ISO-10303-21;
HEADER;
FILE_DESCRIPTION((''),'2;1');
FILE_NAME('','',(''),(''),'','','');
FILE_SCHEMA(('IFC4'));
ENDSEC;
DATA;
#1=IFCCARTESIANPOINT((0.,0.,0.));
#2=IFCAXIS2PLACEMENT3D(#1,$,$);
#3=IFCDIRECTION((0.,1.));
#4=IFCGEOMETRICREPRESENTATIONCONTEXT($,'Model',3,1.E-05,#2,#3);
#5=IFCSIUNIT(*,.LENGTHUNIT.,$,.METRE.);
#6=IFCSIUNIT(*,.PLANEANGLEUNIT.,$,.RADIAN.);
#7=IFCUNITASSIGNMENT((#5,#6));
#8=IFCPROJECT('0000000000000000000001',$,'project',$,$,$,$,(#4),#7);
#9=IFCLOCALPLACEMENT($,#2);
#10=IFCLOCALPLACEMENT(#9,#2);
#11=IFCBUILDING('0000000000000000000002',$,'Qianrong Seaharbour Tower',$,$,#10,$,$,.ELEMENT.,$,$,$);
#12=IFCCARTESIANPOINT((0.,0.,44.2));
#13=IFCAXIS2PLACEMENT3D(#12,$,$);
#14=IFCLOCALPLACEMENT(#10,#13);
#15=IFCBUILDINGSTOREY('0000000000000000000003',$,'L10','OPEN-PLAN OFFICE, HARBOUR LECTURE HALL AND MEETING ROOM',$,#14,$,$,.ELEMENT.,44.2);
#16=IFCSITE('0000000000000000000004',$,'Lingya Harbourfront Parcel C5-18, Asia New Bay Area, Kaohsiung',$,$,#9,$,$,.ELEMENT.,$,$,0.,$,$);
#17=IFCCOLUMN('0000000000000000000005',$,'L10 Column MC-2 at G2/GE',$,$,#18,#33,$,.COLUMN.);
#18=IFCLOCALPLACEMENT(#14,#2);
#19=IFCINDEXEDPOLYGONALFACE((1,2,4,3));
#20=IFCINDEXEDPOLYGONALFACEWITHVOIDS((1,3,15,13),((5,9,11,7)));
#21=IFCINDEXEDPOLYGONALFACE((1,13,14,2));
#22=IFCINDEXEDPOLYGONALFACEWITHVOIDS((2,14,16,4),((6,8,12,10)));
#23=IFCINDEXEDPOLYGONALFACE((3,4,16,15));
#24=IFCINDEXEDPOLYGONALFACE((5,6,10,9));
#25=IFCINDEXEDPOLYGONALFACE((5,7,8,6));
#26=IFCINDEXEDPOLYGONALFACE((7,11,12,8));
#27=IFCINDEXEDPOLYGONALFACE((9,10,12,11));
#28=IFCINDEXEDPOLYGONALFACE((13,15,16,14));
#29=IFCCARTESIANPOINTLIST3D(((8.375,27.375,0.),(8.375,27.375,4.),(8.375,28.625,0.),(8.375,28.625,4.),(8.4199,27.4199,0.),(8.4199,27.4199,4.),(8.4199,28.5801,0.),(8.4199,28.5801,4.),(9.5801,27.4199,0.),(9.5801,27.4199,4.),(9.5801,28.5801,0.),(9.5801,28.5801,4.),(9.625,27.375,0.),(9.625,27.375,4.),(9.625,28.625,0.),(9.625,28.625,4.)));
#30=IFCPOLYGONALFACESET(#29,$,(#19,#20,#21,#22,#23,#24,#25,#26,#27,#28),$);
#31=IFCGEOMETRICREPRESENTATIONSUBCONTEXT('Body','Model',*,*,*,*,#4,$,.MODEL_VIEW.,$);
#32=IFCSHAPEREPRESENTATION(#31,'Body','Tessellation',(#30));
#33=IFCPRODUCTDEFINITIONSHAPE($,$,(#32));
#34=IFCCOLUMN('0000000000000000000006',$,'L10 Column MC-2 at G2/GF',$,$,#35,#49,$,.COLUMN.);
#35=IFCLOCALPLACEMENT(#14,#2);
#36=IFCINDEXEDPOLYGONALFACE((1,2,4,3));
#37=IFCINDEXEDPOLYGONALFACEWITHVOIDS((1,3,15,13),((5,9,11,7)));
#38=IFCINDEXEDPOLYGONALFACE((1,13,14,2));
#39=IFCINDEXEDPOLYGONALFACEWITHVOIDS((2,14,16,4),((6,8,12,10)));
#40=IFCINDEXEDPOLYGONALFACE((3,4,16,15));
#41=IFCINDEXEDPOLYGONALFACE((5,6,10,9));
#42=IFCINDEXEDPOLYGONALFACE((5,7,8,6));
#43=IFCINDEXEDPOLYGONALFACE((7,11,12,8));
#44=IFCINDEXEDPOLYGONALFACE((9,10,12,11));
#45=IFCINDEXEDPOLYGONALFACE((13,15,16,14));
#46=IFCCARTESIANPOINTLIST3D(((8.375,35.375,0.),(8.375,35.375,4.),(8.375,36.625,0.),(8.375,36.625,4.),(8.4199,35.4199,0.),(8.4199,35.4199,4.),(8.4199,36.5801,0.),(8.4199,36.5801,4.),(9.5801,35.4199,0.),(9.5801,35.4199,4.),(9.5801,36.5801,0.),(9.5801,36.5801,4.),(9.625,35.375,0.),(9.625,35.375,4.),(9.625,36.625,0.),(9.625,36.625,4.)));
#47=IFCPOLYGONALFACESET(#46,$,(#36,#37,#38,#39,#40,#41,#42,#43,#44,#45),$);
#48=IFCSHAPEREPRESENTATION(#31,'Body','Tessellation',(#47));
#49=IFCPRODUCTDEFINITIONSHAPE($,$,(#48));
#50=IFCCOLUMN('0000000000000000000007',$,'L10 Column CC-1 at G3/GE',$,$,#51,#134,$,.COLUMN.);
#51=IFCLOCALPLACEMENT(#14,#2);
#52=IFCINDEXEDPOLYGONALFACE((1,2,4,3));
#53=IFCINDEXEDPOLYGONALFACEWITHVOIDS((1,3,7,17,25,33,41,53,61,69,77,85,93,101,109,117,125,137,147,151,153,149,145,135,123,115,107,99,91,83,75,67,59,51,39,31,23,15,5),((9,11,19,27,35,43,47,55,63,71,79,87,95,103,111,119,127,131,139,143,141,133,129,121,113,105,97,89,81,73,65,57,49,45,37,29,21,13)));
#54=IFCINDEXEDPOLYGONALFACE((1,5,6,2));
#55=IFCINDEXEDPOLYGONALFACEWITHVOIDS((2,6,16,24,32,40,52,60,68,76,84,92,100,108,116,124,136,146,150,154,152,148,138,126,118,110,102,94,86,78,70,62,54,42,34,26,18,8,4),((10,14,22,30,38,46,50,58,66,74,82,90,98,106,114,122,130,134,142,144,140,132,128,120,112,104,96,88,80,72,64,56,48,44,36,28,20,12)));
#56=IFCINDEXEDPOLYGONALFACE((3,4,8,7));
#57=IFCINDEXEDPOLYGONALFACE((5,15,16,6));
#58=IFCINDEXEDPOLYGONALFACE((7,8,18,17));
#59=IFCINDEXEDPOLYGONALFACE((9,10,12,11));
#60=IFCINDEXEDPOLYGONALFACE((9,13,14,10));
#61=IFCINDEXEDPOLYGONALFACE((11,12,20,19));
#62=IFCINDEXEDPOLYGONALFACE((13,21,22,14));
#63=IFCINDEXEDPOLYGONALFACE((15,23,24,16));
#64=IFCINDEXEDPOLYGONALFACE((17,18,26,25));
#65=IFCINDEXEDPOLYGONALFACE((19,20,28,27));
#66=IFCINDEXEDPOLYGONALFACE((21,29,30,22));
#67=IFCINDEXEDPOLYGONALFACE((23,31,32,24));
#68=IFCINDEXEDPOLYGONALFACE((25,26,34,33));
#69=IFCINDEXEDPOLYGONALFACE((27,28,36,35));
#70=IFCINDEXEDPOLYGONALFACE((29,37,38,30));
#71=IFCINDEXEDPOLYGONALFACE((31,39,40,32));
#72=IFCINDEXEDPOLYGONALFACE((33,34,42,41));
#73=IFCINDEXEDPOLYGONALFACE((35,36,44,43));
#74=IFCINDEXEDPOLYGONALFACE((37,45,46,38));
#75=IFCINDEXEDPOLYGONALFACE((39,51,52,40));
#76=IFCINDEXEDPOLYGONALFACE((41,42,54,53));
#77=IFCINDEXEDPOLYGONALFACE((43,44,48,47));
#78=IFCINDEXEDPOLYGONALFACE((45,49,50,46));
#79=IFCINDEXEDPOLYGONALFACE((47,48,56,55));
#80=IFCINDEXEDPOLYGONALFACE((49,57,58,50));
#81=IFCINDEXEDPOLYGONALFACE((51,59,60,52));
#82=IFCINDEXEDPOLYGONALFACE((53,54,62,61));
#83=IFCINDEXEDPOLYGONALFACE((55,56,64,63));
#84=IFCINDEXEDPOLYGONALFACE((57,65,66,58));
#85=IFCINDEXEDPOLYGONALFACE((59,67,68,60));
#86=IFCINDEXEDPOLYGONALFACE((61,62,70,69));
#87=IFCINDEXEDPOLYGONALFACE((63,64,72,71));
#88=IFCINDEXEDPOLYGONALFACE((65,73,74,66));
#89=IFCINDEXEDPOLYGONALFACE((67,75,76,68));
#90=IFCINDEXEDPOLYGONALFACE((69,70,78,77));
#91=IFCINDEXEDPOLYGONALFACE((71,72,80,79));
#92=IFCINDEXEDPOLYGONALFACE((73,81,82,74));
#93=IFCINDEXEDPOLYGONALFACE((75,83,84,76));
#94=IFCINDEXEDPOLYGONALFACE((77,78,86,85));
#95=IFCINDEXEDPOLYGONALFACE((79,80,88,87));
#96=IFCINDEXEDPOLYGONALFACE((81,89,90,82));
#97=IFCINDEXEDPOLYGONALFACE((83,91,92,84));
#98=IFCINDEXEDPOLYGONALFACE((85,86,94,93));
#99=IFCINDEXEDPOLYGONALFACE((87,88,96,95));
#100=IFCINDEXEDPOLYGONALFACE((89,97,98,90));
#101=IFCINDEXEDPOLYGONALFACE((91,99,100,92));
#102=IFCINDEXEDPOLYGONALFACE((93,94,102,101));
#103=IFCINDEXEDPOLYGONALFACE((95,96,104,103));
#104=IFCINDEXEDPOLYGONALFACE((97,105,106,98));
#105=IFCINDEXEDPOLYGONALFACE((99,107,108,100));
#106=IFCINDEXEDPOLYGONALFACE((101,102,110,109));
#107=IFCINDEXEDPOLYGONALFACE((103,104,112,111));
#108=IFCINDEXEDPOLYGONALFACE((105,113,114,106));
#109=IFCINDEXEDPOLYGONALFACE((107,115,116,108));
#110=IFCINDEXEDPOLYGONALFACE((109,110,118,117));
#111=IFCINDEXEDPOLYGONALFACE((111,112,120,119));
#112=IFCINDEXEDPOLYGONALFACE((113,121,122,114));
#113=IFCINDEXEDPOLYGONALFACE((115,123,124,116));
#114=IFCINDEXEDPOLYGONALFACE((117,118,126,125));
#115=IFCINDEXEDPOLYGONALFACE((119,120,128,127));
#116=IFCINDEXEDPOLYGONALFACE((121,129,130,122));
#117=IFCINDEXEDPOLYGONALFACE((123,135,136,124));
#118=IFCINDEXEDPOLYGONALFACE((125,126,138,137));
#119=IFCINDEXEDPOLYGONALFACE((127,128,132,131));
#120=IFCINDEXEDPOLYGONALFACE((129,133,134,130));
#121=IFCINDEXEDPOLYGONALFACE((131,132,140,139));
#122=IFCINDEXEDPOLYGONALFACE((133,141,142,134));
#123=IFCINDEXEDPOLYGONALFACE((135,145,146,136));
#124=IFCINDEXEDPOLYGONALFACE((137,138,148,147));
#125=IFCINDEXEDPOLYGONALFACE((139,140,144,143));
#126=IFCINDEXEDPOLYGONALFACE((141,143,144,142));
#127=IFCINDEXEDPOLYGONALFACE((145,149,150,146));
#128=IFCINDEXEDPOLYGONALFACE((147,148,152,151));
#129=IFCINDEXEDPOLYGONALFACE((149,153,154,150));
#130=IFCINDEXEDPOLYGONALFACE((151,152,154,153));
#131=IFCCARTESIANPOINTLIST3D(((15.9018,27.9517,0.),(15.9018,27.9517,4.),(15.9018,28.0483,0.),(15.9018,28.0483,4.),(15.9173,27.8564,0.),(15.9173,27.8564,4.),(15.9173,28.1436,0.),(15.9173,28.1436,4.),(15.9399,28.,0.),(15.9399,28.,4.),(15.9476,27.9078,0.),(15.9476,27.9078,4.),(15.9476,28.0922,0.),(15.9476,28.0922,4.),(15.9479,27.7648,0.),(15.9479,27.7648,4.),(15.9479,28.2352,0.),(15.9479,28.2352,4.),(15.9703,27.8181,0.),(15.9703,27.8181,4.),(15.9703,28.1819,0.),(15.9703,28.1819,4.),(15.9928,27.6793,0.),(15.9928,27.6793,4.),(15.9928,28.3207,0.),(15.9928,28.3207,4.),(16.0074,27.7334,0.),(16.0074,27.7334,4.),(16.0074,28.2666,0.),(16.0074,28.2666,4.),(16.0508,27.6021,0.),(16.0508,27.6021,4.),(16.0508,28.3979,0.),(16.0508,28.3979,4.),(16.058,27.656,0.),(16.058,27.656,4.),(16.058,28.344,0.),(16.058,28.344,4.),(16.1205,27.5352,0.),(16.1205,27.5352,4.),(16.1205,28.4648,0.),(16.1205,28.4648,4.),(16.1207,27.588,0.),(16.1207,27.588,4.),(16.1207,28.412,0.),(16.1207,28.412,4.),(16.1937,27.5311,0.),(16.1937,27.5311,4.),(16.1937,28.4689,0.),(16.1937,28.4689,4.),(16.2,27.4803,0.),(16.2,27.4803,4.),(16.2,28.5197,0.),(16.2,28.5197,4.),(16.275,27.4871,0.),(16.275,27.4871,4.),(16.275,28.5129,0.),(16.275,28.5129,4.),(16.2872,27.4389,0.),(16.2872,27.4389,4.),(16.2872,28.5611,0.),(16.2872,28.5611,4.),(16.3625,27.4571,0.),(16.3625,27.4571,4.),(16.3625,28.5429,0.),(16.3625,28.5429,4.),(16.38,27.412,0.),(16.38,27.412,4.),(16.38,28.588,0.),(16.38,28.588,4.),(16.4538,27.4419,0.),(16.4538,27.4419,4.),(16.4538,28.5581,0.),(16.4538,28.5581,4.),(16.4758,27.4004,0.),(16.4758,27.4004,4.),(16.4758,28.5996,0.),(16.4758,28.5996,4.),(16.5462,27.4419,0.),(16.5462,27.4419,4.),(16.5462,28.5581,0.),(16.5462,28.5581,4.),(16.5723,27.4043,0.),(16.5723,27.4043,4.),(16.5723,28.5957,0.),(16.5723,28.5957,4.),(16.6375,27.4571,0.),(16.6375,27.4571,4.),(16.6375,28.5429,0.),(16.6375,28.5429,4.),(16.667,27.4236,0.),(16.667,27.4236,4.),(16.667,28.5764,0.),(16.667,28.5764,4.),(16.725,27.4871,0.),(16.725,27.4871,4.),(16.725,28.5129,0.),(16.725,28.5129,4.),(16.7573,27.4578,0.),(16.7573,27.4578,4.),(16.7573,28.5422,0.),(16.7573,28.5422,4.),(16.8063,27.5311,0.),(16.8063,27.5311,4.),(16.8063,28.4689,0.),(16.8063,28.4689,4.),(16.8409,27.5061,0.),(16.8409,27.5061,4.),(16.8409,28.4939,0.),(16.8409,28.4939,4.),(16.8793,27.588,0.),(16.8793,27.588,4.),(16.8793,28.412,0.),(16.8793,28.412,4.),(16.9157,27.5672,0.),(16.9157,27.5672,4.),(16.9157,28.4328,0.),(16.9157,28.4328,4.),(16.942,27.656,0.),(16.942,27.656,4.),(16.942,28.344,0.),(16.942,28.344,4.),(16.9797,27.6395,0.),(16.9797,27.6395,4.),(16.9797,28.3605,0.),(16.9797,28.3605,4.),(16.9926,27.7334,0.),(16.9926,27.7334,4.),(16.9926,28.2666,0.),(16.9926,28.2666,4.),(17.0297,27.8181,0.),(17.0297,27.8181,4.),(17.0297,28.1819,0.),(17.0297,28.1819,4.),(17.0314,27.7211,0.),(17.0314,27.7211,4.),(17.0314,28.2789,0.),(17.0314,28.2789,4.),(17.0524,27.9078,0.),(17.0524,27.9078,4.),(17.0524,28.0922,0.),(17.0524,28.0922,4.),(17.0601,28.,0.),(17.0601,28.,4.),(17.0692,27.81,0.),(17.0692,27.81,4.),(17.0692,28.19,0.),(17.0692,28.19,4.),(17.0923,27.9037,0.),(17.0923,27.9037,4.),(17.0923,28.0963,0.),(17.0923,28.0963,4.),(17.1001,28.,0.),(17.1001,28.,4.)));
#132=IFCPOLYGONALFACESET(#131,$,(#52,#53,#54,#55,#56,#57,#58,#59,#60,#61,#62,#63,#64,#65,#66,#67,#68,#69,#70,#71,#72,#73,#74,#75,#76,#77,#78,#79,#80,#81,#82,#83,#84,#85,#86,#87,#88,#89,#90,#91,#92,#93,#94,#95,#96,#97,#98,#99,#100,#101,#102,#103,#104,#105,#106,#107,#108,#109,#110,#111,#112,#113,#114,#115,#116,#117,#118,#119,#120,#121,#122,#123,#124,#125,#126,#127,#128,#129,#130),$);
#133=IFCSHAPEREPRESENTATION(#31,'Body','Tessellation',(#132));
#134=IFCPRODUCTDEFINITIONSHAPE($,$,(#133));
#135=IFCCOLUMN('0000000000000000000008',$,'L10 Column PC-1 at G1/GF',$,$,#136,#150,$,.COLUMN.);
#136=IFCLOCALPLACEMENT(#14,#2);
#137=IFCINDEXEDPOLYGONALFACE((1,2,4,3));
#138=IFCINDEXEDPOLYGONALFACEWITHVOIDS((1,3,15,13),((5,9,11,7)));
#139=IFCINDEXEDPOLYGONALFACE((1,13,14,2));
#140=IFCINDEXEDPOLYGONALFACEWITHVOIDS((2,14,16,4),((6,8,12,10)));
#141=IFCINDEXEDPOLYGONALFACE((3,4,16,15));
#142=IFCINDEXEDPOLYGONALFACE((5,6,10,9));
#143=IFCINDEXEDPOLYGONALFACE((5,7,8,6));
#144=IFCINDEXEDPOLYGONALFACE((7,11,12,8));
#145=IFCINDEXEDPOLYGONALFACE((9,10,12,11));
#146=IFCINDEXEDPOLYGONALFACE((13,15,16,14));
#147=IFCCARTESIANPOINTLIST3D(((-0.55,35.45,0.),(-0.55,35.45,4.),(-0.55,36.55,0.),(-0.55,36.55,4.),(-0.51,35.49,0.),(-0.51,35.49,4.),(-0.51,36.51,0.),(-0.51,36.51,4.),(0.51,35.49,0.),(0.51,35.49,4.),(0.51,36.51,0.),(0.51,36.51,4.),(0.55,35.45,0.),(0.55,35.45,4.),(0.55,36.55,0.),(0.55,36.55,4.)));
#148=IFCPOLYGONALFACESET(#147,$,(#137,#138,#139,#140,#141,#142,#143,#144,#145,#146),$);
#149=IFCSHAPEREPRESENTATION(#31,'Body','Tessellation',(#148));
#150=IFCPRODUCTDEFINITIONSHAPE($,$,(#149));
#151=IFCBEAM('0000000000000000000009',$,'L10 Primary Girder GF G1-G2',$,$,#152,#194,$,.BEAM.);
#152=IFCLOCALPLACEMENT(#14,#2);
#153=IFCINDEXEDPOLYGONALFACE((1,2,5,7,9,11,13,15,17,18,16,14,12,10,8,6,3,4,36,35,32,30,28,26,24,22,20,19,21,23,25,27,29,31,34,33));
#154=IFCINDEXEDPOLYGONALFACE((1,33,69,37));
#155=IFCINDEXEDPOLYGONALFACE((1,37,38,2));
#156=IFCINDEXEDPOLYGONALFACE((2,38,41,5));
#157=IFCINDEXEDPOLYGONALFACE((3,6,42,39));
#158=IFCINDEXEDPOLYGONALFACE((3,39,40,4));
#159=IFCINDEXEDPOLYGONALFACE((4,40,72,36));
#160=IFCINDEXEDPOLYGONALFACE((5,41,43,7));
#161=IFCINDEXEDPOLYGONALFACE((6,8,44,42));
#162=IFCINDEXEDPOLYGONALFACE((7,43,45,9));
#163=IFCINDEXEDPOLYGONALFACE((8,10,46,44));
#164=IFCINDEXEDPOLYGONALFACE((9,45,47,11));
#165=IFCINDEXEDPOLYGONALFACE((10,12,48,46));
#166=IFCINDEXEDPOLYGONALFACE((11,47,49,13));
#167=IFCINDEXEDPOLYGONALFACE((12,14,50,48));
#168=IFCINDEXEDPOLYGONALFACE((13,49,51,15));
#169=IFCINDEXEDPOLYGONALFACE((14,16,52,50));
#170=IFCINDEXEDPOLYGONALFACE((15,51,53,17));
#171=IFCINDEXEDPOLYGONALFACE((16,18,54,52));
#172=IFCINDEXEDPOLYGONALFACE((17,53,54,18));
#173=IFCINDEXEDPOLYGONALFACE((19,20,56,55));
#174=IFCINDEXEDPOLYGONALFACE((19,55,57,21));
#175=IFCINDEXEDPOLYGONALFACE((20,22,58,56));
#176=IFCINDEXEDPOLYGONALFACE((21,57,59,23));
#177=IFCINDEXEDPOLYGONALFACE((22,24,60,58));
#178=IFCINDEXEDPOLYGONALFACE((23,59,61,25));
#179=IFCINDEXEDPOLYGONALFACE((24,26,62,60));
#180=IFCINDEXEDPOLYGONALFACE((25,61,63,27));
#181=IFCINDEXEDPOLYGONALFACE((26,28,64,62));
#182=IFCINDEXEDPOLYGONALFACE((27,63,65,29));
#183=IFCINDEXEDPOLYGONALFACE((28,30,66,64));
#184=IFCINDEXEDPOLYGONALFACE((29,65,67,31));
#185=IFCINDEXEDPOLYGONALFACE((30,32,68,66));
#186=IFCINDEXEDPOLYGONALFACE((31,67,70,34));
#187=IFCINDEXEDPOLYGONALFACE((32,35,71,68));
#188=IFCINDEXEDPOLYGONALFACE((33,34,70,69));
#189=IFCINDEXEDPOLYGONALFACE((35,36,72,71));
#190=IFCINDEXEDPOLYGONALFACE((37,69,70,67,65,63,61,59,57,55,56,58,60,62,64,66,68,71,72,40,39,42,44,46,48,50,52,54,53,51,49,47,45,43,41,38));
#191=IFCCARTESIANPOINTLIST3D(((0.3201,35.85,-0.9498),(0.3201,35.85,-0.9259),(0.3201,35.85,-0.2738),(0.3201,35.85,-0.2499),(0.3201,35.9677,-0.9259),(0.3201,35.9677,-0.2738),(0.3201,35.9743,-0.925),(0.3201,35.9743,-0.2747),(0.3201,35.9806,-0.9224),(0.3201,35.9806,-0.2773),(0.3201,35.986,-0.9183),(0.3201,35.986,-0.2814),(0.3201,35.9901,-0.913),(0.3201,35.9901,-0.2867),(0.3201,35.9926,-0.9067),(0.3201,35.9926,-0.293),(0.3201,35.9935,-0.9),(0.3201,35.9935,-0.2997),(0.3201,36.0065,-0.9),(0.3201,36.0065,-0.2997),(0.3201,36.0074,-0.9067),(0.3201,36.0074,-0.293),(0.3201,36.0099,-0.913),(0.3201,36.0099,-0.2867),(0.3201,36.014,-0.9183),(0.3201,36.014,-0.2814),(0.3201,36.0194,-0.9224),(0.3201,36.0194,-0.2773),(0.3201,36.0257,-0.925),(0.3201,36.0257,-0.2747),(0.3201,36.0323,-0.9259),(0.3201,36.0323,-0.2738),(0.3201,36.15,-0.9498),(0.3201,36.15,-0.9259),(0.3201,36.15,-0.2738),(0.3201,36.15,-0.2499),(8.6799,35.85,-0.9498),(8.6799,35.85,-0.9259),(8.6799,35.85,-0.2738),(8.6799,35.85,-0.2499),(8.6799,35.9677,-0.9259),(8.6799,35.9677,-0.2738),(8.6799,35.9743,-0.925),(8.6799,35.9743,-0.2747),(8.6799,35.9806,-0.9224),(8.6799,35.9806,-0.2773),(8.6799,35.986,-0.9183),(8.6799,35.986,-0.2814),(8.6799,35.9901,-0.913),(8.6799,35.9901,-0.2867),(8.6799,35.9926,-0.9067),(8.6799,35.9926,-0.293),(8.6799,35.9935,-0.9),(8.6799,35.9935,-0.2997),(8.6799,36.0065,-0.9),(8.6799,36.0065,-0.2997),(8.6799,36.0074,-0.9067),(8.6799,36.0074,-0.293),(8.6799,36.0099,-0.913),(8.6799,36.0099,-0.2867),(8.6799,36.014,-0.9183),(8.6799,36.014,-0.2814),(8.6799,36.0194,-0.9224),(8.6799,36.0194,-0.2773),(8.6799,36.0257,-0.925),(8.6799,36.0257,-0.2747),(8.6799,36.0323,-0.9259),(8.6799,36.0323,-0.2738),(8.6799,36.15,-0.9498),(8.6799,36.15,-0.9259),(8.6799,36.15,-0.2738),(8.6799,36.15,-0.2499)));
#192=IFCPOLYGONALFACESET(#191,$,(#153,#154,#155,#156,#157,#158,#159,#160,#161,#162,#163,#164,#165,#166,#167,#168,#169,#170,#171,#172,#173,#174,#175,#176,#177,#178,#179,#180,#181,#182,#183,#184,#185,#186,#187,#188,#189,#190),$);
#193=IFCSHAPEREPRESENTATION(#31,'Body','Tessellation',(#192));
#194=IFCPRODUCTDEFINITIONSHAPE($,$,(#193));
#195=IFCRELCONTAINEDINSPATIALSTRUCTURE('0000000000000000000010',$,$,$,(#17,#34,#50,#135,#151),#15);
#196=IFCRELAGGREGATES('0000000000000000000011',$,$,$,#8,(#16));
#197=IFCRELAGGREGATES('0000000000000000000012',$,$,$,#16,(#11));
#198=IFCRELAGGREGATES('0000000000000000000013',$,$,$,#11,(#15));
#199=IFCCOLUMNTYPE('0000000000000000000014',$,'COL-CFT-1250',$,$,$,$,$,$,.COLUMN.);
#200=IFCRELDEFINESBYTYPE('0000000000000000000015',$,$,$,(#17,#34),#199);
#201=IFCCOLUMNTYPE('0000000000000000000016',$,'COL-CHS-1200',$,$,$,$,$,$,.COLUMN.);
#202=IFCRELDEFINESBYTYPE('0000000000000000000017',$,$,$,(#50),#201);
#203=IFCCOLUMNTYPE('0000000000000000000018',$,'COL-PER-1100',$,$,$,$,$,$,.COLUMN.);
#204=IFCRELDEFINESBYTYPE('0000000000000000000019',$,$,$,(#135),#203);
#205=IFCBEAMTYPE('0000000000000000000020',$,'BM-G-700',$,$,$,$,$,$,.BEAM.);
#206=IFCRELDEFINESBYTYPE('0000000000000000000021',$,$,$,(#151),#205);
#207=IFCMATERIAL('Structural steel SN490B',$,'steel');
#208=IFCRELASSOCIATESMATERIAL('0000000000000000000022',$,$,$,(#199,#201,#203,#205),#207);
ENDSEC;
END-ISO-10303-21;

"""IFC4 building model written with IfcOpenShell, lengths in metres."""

from ifc_helpers import new_model, si_unit, direction, frame, origin, origin_2d, place, context, subcontext, project, spatial, hollow_rectangle, hollow_circle, i_section, extrude, material, material_profile, profile_set, type_object, element, save


model = new_model("IFC4")

# Units and contexts
model_context = context("Model", 3, precision=1e-05, world=origin(), true_north=direction((0.0, 1.0)))
body_context = subcontext(model_context, "Body", "Model", "MODEL_VIEW")
ifc_project = project(units=[si_unit("LENGTHUNIT", "METRE"), si_unit("PLANEANGLEUNIT", "RADIAN")], contexts=[model_context])

# Site, building, storey
site_placement = place(None, origin())
site = spatial("IfcSite", under=ifc_project, at=site_placement, Name="Lingya Harbourfront Parcel C5-18, Asia New Bay Area, Kaohsiung", CompositionType="ELEMENT", RefElevation=0.0)
building_placement = place(site_placement, origin())
building = spatial("IfcBuilding", under=site, at=building_placement, Name="Qianrong Seaharbour Tower", CompositionType="ELEMENT")
storey_placement = place(building_placement, frame((0.0, 0.0, 44.2)))
storey = spatial("IfcBuildingStorey", under=building, at=storey_placement, Name="L10", Description="OPEN-PLAN OFFICE, HARBOUR LECTURE HALL AND MEETING ROOM", CompositionType="ELEMENT", Elevation=44.2)

# Columns
ifc_material_1 = material(Name="Structural steel SN490B", Category="steel")
ifc_material_profile_1 = material_profile(ifc_material_1, hollow_rectangle(XDim=1.25, YDim=1.25, WallThickness=0.0449, at=origin_2d()), Name="BOX1250x1250x45")
ifc_profile_set_1 = profile_set([ifc_material_profile_1], Name="Structural steel SN490B")
column_type_1 = type_object("IfcColumnType", Name="COL-CFT-1250", PredefinedType="COLUMN", material=ifc_profile_set_1)
for number, where, z_axis, x_axis, name in (
    (1, (9.0, 28.0, 0.0), (0.0, 0.0, 1.0), (1.0, 0.0, 0.0), "L10 Column MC-2 at G2/GE"),
    (2, (9.0, 36.0, 0.0), (0.0, 0.0, 1.0), (1.0, 0.0, 0.0), "L10 Column MC-2 at G2/GF"),
):
    element("IfcColumn", number, at=place(storey_placement, frame(where, z_axis=z_axis, x_axis=x_axis)), inside=storey, type_object=column_type_1, Name=name, PredefinedType="COLUMN", context=body_context, shape_type="SweptSolid", body=[
        extrude(hollow_rectangle(XDim=1.25, YDim=1.25, WallThickness=0.0449, at=origin_2d()), origin(), (0.0, 0.0, 1.0), 4.0),
    ])
ifc_material_profile_2 = material_profile(ifc_material_1, hollow_circle(Radius=0.6001, WallThickness=0.04, at=origin_2d()), Name="CHS1200x40")
ifc_profile_set_2 = profile_set([ifc_material_profile_2], Name="Structural steel SN490B")
column_type_2 = type_object("IfcColumnType", Name="COL-CHS-1200", PredefinedType="COLUMN", material=ifc_profile_set_2)
column_1_placement = place(storey_placement, frame((16.5, 28.0, 0.0), z_axis=(0.0, 0.0, 1.0), x_axis=(1.0, 0.0, 0.0)))
element("IfcColumn", 3, at=column_1_placement, inside=storey, type_object=column_type_2, Name="L10 Column CC-1 at G3/GE", PredefinedType="COLUMN", context=body_context, shape_type="SweptSolid", body=[
    extrude(hollow_circle(Radius=0.6001, WallThickness=0.04, at=origin_2d()), origin(), (0.0, 0.0, 1.0), 4.0),
])
ifc_material_profile_3 = material_profile(ifc_material_1, hollow_rectangle(XDim=1.1001, YDim=1.1001, WallThickness=0.04, at=origin_2d()), Name="BOX1100x1100x40")
ifc_profile_set_3 = profile_set([ifc_material_profile_3], Name="Structural steel SN490B")
column_type_3 = type_object("IfcColumnType", Name="COL-PER-1100", PredefinedType="COLUMN", material=ifc_profile_set_3)
column_2_placement = place(storey_placement, frame((0.0, 36.0, 0.0), z_axis=(0.0, 0.0, 1.0), x_axis=(1.0, 0.0, 0.0)))
element("IfcColumn", 4, at=column_2_placement, inside=storey, type_object=column_type_3, Name="L10 Column PC-1 at G1/GF", PredefinedType="COLUMN", context=body_context, shape_type="SweptSolid", body=[
    extrude(hollow_rectangle(XDim=1.1001, YDim=1.1001, WallThickness=0.04, at=origin_2d()), origin(), (0.0, 0.0, 1.0), 4.0),
])

# Beam
ifc_material_profile_4 = material_profile(ifc_material_1, i_section(OverallWidth=0.3, OverallDepth=0.7, WebThickness=0.0129, FlangeThickness=0.0239, FilletRadius=0.0259, at=origin_2d()), Name="H700x300x13x24")
ifc_profile_set_4 = profile_set([ifc_material_profile_4], Name="Structural steel SN490B")
beam_type_1 = type_object("IfcBeamType", Name="BM-G-700", PredefinedType="BEAM", material=ifc_profile_set_4)
beam_1_placement = place(storey_placement, frame((0.3201, 36.0, -0.5999), z_axis=(1.0, 0.0, 0.0), x_axis=(0.0, 1.0, 0.0)))
element("IfcBeam", 5, at=beam_1_placement, inside=storey, type_object=beam_type_1, Name="L10 Primary Girder GF G1-G2", PredefinedType="BEAM", context=body_context, shape_type="SweptSolid", body=[
    extrude(i_section(OverallWidth=0.3, OverallDepth=0.7, WebThickness=0.0129, FlangeThickness=0.0239, FilletRadius=0.0259, at=origin_2d()), origin(), (0.0, 0.0, 1.0), 8.3599),
])

save(model, "model.ifc")
